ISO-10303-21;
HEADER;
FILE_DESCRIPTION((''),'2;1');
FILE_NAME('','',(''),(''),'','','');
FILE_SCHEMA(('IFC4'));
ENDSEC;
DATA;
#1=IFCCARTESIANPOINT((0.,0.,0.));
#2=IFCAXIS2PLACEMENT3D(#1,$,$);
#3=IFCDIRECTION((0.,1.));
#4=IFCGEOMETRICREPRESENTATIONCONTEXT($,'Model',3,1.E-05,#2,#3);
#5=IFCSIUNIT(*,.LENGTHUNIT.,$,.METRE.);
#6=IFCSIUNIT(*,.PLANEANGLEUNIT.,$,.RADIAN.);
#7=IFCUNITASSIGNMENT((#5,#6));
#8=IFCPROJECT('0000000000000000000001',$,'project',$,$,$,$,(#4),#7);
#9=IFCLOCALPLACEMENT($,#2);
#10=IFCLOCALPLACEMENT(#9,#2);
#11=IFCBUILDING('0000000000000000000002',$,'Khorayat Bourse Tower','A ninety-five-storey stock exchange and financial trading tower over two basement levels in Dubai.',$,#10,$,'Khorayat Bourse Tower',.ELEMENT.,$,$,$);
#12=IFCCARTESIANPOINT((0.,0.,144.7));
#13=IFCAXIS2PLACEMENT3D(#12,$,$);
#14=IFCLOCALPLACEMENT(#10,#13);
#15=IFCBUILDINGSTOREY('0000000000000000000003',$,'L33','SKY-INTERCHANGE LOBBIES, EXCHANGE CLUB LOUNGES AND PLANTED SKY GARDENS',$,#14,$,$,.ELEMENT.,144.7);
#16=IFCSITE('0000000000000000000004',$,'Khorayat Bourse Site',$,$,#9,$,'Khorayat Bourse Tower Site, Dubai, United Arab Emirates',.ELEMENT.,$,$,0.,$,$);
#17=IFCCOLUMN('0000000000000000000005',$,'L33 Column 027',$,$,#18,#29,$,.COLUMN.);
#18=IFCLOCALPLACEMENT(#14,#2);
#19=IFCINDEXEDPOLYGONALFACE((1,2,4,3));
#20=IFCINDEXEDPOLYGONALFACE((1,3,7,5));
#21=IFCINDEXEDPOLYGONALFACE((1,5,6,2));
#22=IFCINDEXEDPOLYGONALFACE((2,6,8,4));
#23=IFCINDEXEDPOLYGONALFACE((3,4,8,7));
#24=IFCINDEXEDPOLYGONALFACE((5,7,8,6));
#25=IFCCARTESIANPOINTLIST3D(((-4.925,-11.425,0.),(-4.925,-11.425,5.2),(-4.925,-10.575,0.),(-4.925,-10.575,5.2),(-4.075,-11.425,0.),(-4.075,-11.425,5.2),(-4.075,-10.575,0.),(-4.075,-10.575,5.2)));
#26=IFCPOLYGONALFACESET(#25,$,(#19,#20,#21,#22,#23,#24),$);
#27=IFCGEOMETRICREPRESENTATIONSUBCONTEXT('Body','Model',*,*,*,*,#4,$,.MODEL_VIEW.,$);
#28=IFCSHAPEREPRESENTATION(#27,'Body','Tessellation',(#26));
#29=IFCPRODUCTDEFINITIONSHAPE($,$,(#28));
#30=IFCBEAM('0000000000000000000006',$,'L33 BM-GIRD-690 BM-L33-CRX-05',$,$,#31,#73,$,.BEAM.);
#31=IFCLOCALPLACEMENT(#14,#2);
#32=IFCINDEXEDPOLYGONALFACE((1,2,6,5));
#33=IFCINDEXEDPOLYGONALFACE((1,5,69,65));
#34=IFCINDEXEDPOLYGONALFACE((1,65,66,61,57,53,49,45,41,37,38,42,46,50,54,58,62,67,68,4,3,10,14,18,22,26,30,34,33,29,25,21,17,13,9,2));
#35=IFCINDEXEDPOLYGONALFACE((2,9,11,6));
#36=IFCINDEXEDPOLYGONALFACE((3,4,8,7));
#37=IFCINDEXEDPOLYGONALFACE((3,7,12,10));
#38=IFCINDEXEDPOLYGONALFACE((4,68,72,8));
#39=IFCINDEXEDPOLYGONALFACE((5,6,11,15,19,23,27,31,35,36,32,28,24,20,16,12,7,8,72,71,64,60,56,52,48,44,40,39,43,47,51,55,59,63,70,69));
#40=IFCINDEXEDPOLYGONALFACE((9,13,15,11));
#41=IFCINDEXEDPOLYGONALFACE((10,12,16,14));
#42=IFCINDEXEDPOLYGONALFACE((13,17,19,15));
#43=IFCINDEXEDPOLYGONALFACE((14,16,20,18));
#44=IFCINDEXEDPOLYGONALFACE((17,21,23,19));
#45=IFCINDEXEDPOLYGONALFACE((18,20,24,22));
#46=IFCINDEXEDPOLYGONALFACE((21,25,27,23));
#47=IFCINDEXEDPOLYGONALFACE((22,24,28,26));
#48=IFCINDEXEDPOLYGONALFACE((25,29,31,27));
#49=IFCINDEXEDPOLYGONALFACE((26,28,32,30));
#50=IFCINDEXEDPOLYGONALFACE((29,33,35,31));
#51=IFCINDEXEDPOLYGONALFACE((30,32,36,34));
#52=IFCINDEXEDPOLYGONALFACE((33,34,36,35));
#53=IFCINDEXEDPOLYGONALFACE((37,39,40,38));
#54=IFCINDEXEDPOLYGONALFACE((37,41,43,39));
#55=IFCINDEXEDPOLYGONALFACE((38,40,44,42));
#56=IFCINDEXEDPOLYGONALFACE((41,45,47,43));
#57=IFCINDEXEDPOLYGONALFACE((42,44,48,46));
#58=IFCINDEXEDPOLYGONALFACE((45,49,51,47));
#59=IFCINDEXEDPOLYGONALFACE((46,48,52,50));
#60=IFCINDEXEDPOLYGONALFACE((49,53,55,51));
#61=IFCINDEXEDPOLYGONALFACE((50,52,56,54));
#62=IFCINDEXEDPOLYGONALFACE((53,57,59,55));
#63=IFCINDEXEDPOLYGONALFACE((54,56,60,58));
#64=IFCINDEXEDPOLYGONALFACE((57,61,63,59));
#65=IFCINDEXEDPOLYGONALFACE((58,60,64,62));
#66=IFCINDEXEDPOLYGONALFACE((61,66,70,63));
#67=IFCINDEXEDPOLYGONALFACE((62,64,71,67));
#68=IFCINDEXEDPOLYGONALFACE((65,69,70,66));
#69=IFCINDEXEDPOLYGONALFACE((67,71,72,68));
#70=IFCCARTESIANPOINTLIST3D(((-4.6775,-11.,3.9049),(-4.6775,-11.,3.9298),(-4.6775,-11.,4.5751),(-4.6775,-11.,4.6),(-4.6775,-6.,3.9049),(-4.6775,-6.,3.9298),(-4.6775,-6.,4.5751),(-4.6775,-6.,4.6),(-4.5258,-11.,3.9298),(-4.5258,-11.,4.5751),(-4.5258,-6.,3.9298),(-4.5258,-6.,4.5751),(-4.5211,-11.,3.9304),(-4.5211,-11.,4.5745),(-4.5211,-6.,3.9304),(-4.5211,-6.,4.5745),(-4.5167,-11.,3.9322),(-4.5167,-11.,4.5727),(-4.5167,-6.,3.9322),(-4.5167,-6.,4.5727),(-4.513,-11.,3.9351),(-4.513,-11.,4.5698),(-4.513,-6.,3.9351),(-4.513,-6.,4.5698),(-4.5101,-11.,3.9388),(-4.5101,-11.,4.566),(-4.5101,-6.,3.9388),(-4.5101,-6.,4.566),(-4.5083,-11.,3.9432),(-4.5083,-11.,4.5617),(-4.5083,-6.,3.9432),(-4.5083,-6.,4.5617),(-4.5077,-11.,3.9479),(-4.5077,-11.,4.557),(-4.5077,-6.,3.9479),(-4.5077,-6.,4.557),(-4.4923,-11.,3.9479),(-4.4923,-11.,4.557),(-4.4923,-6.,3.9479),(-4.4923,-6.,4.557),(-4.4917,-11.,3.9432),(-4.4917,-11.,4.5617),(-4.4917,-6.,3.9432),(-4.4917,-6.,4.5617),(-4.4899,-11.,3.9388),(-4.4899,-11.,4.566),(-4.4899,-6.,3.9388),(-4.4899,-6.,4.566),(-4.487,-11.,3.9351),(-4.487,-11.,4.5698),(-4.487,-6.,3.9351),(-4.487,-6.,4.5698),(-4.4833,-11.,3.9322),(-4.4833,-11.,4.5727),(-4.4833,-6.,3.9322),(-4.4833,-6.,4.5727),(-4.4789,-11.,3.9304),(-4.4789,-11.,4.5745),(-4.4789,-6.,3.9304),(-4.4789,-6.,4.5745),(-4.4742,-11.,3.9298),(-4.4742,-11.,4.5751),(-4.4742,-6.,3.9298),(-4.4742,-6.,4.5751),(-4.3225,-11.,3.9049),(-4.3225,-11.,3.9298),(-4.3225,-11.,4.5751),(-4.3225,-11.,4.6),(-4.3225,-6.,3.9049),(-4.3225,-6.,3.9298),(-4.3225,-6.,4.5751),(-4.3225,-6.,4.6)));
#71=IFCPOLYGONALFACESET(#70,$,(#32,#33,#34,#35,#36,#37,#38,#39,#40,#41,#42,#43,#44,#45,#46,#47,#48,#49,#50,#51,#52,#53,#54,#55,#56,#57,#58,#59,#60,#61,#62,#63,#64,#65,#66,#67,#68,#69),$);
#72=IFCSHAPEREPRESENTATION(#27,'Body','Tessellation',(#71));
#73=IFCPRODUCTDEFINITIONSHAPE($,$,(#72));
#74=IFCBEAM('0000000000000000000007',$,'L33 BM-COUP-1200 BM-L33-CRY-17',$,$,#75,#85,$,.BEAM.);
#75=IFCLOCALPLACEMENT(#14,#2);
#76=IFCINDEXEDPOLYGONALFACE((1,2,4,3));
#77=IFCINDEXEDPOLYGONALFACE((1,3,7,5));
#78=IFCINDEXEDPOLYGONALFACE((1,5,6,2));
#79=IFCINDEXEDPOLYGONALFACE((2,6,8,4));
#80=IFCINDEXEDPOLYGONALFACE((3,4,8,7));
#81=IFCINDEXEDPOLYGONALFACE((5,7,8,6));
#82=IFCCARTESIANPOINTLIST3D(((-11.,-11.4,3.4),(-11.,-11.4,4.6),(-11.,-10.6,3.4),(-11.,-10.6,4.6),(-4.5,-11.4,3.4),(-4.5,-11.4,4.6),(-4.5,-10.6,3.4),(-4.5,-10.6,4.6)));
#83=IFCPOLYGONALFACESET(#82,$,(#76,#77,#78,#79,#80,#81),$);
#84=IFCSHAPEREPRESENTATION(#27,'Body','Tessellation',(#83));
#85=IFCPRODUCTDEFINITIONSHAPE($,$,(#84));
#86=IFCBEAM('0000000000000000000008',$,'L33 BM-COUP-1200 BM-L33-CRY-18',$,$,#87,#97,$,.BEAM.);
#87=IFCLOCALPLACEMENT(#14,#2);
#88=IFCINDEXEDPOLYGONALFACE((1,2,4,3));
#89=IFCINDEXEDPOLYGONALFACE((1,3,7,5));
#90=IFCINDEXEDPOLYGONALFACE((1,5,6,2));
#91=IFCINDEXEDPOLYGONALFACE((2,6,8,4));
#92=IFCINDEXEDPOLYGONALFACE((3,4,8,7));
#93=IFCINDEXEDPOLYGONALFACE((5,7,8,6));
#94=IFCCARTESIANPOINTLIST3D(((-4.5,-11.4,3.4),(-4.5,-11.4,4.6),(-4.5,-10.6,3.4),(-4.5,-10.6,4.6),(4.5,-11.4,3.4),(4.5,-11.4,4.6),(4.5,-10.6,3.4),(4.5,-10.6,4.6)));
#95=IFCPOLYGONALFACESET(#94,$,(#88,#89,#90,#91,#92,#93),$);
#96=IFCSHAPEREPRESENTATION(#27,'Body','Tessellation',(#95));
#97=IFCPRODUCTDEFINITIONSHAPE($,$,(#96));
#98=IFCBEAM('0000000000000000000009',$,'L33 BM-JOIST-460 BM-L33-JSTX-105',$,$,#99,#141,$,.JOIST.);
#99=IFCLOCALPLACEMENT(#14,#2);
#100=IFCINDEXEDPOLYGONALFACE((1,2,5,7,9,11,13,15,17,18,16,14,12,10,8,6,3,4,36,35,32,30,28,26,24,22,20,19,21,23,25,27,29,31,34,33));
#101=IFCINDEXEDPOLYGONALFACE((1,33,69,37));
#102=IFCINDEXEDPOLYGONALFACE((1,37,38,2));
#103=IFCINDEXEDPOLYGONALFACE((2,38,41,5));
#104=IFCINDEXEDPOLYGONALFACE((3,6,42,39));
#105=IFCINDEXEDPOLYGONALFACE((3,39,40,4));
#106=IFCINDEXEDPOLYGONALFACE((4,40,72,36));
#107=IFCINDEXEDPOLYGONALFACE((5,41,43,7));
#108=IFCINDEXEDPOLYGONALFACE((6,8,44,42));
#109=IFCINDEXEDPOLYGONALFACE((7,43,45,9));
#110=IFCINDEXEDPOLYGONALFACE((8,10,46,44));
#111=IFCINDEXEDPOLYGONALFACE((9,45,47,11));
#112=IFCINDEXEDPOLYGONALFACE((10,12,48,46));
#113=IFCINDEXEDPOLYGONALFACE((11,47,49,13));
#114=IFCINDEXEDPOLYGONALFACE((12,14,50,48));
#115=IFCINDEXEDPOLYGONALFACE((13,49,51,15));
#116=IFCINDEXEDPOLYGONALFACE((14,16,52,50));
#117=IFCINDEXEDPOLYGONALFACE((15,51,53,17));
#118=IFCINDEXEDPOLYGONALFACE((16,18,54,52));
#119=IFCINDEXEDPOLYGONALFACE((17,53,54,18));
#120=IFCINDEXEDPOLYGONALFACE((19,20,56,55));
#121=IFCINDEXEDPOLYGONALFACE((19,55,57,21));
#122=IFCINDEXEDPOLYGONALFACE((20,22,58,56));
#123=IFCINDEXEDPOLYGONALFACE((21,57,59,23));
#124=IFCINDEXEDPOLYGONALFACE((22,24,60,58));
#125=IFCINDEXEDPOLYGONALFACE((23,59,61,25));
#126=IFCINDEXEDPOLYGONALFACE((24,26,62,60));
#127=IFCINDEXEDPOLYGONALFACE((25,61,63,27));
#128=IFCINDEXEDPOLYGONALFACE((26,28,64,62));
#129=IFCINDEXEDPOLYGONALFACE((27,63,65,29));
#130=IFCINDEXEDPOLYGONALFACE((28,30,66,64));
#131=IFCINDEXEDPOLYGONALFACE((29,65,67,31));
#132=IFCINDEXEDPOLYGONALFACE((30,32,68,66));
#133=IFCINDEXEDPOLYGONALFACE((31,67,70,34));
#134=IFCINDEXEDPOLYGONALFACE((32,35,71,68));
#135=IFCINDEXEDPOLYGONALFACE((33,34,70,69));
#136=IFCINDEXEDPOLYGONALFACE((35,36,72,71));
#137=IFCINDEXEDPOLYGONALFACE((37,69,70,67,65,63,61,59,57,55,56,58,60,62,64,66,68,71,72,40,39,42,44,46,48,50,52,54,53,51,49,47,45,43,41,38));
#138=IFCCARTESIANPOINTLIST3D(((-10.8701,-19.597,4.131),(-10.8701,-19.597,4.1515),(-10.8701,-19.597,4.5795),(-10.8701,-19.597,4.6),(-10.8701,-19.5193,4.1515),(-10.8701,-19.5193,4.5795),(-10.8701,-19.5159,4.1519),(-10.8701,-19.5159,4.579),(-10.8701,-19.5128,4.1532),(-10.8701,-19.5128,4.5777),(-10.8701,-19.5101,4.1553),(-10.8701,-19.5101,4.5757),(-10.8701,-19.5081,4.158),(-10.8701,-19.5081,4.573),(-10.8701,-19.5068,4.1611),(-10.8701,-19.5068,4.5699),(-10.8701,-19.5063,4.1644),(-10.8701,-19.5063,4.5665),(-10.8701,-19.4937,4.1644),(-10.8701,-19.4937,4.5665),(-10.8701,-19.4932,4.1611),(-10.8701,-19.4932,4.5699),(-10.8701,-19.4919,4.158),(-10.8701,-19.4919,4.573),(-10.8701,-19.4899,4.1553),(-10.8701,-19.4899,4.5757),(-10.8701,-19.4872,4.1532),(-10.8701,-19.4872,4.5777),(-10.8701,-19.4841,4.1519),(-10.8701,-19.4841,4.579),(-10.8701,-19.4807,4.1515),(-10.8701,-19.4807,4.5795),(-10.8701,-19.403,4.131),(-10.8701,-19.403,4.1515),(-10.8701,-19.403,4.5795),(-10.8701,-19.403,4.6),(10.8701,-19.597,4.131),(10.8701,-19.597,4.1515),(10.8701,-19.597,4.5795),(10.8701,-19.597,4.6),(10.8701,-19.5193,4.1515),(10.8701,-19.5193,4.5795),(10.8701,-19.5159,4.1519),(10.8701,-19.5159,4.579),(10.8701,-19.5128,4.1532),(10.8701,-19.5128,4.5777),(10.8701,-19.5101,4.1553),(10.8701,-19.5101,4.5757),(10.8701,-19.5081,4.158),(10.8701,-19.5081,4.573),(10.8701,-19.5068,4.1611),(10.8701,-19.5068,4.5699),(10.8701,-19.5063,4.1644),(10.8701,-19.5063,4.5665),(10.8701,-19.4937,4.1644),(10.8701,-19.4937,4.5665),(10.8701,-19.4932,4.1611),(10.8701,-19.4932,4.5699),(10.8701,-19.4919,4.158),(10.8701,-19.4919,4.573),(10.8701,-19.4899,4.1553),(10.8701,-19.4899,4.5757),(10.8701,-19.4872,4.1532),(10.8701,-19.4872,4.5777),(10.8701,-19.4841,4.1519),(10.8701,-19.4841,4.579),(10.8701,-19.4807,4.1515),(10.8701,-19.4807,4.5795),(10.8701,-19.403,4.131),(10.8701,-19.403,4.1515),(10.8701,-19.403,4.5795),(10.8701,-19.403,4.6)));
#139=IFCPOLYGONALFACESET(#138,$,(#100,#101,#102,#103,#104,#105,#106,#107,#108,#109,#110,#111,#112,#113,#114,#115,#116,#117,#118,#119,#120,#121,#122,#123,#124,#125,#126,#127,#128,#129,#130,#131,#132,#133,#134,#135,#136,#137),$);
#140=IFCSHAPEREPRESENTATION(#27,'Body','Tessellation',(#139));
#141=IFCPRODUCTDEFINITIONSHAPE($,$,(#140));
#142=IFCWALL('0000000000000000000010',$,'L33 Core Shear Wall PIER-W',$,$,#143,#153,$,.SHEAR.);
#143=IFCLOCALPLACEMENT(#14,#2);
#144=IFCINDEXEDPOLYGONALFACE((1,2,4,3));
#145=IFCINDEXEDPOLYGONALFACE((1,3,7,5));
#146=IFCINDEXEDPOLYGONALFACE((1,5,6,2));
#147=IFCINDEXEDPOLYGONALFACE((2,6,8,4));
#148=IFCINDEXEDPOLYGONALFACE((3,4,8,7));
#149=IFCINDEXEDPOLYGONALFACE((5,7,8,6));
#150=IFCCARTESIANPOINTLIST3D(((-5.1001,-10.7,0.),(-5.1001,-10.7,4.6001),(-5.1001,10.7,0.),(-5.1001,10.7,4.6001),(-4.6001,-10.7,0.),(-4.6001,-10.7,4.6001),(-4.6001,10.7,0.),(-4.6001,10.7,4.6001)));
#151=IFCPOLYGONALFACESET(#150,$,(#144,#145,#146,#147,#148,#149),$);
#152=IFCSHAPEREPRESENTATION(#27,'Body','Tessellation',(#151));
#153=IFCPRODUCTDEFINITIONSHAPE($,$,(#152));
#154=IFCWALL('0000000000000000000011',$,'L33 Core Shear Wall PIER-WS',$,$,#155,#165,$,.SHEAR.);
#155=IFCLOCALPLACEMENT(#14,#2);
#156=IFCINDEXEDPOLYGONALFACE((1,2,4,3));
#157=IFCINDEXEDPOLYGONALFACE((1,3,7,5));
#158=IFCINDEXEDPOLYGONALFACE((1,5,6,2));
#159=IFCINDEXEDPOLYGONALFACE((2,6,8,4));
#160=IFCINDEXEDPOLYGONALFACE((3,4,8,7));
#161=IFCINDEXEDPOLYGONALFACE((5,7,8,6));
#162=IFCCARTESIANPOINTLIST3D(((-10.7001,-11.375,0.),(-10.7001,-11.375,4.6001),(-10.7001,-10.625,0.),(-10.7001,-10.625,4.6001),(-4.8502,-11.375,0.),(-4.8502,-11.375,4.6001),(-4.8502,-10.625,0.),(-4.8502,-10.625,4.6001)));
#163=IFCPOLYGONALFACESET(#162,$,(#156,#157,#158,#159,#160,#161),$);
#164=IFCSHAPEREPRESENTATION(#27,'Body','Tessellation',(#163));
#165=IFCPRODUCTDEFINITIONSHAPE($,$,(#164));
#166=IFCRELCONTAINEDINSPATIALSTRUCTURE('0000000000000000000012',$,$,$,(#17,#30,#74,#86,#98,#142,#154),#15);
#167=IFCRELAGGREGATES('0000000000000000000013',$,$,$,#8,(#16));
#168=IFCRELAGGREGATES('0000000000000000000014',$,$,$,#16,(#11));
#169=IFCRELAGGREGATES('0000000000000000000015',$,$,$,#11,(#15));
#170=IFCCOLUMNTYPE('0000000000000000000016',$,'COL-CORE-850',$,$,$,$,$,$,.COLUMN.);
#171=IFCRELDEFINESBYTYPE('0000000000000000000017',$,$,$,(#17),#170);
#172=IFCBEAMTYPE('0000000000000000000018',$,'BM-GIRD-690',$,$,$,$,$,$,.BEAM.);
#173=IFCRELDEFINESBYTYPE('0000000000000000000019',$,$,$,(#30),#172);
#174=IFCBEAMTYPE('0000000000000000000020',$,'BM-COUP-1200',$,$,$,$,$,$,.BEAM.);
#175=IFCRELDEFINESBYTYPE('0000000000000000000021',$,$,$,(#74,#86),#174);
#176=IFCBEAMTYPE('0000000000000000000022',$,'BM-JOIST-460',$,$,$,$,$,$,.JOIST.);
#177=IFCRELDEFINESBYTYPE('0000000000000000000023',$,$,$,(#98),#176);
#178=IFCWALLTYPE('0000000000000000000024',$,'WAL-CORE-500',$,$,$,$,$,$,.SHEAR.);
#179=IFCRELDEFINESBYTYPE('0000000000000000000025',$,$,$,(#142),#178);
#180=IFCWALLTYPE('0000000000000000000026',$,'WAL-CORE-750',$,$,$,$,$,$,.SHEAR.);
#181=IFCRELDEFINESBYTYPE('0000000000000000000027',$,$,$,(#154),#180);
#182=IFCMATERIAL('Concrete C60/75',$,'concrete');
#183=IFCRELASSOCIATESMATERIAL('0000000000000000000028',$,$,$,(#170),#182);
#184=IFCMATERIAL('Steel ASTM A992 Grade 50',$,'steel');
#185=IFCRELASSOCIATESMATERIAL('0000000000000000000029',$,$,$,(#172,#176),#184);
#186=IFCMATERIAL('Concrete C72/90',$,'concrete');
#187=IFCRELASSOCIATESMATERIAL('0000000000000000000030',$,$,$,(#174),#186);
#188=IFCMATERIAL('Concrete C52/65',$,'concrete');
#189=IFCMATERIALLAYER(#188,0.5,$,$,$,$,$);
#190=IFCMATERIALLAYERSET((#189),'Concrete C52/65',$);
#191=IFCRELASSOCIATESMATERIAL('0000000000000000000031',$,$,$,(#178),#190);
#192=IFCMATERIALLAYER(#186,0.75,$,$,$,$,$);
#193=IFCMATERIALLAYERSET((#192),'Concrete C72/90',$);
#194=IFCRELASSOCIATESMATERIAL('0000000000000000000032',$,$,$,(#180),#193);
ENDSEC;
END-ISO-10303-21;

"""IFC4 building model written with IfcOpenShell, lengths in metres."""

from ifc_helpers import new_model, si_unit, direction, frame, frame_2d, origin, origin_2d, place, context, subcontext, project, spatial, rectangle, i_section, extrude, source, transform, mapped, material, layer, layer_set, material_profile, profile_set, type_object, element, save


model = new_model("IFC4")

# Units and contexts
model_context = context("Model", 3, precision=1e-05, world=origin(), true_north=direction((0.0, 1.0)))
body_context = subcontext(model_context, "Body", "Model", "MODEL_VIEW")
ifc_project = project(units=[si_unit("LENGTHUNIT", "METRE"), si_unit("PLANEANGLEUNIT", "RADIAN")], contexts=[model_context])

# Site, building, storey
site_placement = place(None, origin())
site = spatial("IfcSite", under=ifc_project, at=site_placement, Name="Khorayat Bourse Site", LongName="Khorayat Bourse Tower Site, Dubai, United Arab Emirates", CompositionType="ELEMENT", RefElevation=0.0)
building_placement = place(site_placement, origin())
building = spatial("IfcBuilding", under=site, at=building_placement, Name="Khorayat Bourse Tower", Description="A ninety-five-storey stock exchange and financial trading tower over two basement levels in Dubai.", LongName="Khorayat Bourse Tower", CompositionType="ELEMENT")
storey_placement = place(building_placement, frame((0.0, 0.0, 144.7)))
storey = spatial("IfcBuildingStorey", under=building, at=storey_placement, Name="L33", Description="SKY-INTERCHANGE LOBBIES, EXCHANGE CLUB LOUNGES AND PLANTED SKY GARDENS", CompositionType="ELEMENT", Elevation=144.7)

# Column
ifc_material_1 = material(Name="Concrete C60/75", Category="concrete")
ifc_material_profile_1 = material_profile(ifc_material_1, rectangle(XDim=0.8501, YDim=0.8501, at=origin_2d()), Name="RC 850x850")
ifc_profile_set_1 = profile_set([ifc_material_profile_1], Name="Concrete C60/75")
column_type = type_object("IfcColumnType", Name="COL-CORE-850", PredefinedType="COLUMN", material=ifc_profile_set_1)
shared_shape_1 = source(origin(), body_context, "Body", "SweptSolid", [
    extrude(rectangle(XDim=0.8501, YDim=0.8501, at=origin_2d()), origin(), (0.0, 0.0, 1.0), 5.2),
])
column_placement = place(storey_placement, frame((-4.5, -11.0, 0.0), z_axis=(0.0, 0.0, 1.0), x_axis=(1.0, 0.0, 0.0)))
element("IfcColumn", 1, at=column_placement, inside=storey, type_object=column_type, Name="L33 Column 027", PredefinedType="COLUMN", context=body_context, shape_type="MappedRepresentation", body=[
    mapped(shared_shape_1, transform((0.0, 0.0, 0.0), scale=1.0)),
])

# Beams
ifc_material_2 = material(Name="Steel ASTM A992 Grade 50", Category="steel")
ifc_material_profile_2 = material_profile(ifc_material_2, i_section(OverallWidth=0.355, OverallDepth=0.6951, WebThickness=0.0154, FlangeThickness=0.0249, FilletRadius=0.0181, at=origin_2d()), Name="W690X217")
ifc_profile_set_2 = profile_set([ifc_material_profile_2], Name="Steel ASTM A992 Grade 50")
beam_type_1 = type_object("IfcBeamType", Name="BM-GIRD-690", PredefinedType="BEAM", material=ifc_profile_set_2)
shared_shape_2 = source(origin(), body_context, "Body", "SweptSolid", [
    extrude(i_section(OverallWidth=0.355, OverallDepth=0.6951, WebThickness=0.0154, FlangeThickness=0.0249, FilletRadius=0.0181, at=origin_2d()), origin(), (0.0, 0.0, 1.0), 5.0),
])
beam_1_placement = place(storey_placement, frame((-4.5, -11.0, 4.2524), z_axis=(0.0, 1.0, 0.0), x_axis=(-1.0, 0.0, 0.0)))
element("IfcBeam", 2, at=beam_1_placement, inside=storey, type_object=beam_type_1, Name="L33 BM-GIRD-690 BM-L33-CRX-05", PredefinedType="BEAM", context=body_context, shape_type="MappedRepresentation", body=[
    mapped(shared_shape_2, transform((0.0, 0.0, 0.0), scale=1.0)),
])
ifc_material_3 = material(Name="Concrete C72/90", Category="concrete")
ifc_material_profile_3 = material_profile(ifc_material_3, rectangle(XDim=0.8, YDim=1.2, at=origin_2d()), Name="RC 800x1200")
ifc_profile_set_3 = profile_set([ifc_material_profile_3], Name="Concrete C72/90")
beam_type_2 = type_object("IfcBeamType", Name="BM-COUP-1200", PredefinedType="BEAM", material=ifc_profile_set_3)
shared_shape_3 = source(origin(), body_context, "Body", "SweptSolid", [
    extrude(rectangle(XDim=0.8, YDim=1.2, at=origin_2d()), origin(), (0.0, 0.0, 1.0), 6.5),
])
beam_2_placement = place(storey_placement, frame((-11.0, -11.0, 4.0), z_axis=(1.0, 0.0, 0.0), x_axis=(0.0, 1.0, 0.0)))
element("IfcBeam", 3, at=beam_2_placement, inside=storey, type_object=beam_type_2, Name="L33 BM-COUP-1200 BM-L33-CRY-17", PredefinedType="BEAM", context=body_context, shape_type="MappedRepresentation", body=[
    mapped(shared_shape_3, transform((0.0, 0.0, 0.0), scale=1.0)),
])
shared_shape_4 = source(origin(), body_context, "Body", "SweptSolid", [
    extrude(rectangle(XDim=0.8, YDim=1.2, at=origin_2d()), origin(), (0.0, 0.0, 1.0), 9.0),
])
beam_3_placement = place(storey_placement, frame((-4.5, -11.0, 4.0), z_axis=(1.0, 0.0, 0.0), x_axis=(0.0, 1.0, 0.0)))
element("IfcBeam", 4, at=beam_3_placement, inside=storey, type_object=beam_type_2, Name="L33 BM-COUP-1200 BM-L33-CRY-18", PredefinedType="BEAM", context=body_context, shape_type="MappedRepresentation", body=[
    mapped(shared_shape_4, transform((0.0, 0.0, 0.0), scale=1.0)),
])
ifc_material_profile_4 = material_profile(ifc_material_2, i_section(OverallWidth=0.1941, OverallDepth=0.469, WebThickness=0.0127, FlangeThickness=0.0205, FilletRadius=0.0129, at=origin_2d()), Name="W460X106")
ifc_profile_set_4 = profile_set([ifc_material_profile_4], Name="Steel ASTM A992 Grade 50")
beam_type_3 = type_object("IfcBeamType", Name="BM-JOIST-460", PredefinedType="JOIST", material=ifc_profile_set_4)
shared_shape_5 = source(origin(), body_context, "Body", "SweptSolid", [
    extrude(i_section(OverallWidth=0.1941, OverallDepth=0.469, WebThickness=0.0127, FlangeThickness=0.0205, FilletRadius=0.0129, at=origin_2d()), origin(), (0.0, 0.0, 1.0), 21.7402),
])
beam_4_placement = place(storey_placement, frame((-10.8701, -19.5, 4.3655), z_axis=(1.0, 0.0, 0.0), x_axis=(0.0, 1.0, 0.0)))
element("IfcBeam", 5, at=beam_4_placement, inside=storey, type_object=beam_type_3, Name="L33 BM-JOIST-460 BM-L33-JSTX-105", PredefinedType="JOIST", context=body_context, shape_type="MappedRepresentation", body=[
    mapped(shared_shape_5, transform((0.0, 0.0, 0.0), scale=1.0)),
])

# Walls
ifc_material_4 = material(Name="Concrete C52/65", Category="concrete")
ifc_layer_1 = layer(ifc_material_4, 0.5)
ifc_layer_set_1 = layer_set([ifc_layer_1], Name="Concrete C52/65")
wall_type_1 = type_object("IfcWallType", Name="WAL-CORE-500", PredefinedType="SHEAR", material=ifc_layer_set_1)
shared_shape_6 = source(origin(), body_context, "Body", "SweptSolid", [
    extrude(rectangle(XDim=21.3999, YDim=0.5, at=frame_2d((10.7, 0.0))), origin(), (0.0, 0.0, 1.0), 4.6001),
])
wall_1_placement = place(storey_placement, frame((-4.8501, -10.7, 0.0), z_axis=(0.0, 0.0, 1.0), x_axis=(0.0, 1.0, 0.0)))
element("IfcWall", 6, at=wall_1_placement, inside=storey, type_object=wall_type_1, Name="L33 Core Shear Wall PIER-W", PredefinedType="SHEAR", context=body_context, shape_type="MappedRepresentation", body=[
    mapped(shared_shape_6, transform((0.0, 0.0, 0.0), scale=1.0)),
])
ifc_layer_2 = layer(ifc_material_3, 0.75)
ifc_layer_set_2 = layer_set([ifc_layer_2], Name="Concrete C72/90")
wall_type_2 = type_object("IfcWallType", Name="WAL-CORE-750", PredefinedType="SHEAR", material=ifc_layer_set_2)
shared_shape_7 = source(origin(), body_context, "Body", "SweptSolid", [
    extrude(rectangle(XDim=5.8499, YDim=0.75, at=frame_2d((2.9248, 0.0))), origin(), (0.0, 0.0, 1.0), 4.6001),
])
wall_2_placement = place(storey_placement, frame((-10.7, -11.0, 0.0), z_axis=(0.0, 0.0, 1.0), x_axis=(1.0, 0.0, 0.0)))
element("IfcWall", 7, at=wall_2_placement, inside=storey, type_object=wall_type_2, Name="L33 Core Shear Wall PIER-WS", PredefinedType="SHEAR", context=body_context, shape_type="MappedRepresentation", body=[
    mapped(shared_shape_7, transform((0.0, 0.0, 0.0), scale=1.0)),
])

save(model, "model.ifc")
